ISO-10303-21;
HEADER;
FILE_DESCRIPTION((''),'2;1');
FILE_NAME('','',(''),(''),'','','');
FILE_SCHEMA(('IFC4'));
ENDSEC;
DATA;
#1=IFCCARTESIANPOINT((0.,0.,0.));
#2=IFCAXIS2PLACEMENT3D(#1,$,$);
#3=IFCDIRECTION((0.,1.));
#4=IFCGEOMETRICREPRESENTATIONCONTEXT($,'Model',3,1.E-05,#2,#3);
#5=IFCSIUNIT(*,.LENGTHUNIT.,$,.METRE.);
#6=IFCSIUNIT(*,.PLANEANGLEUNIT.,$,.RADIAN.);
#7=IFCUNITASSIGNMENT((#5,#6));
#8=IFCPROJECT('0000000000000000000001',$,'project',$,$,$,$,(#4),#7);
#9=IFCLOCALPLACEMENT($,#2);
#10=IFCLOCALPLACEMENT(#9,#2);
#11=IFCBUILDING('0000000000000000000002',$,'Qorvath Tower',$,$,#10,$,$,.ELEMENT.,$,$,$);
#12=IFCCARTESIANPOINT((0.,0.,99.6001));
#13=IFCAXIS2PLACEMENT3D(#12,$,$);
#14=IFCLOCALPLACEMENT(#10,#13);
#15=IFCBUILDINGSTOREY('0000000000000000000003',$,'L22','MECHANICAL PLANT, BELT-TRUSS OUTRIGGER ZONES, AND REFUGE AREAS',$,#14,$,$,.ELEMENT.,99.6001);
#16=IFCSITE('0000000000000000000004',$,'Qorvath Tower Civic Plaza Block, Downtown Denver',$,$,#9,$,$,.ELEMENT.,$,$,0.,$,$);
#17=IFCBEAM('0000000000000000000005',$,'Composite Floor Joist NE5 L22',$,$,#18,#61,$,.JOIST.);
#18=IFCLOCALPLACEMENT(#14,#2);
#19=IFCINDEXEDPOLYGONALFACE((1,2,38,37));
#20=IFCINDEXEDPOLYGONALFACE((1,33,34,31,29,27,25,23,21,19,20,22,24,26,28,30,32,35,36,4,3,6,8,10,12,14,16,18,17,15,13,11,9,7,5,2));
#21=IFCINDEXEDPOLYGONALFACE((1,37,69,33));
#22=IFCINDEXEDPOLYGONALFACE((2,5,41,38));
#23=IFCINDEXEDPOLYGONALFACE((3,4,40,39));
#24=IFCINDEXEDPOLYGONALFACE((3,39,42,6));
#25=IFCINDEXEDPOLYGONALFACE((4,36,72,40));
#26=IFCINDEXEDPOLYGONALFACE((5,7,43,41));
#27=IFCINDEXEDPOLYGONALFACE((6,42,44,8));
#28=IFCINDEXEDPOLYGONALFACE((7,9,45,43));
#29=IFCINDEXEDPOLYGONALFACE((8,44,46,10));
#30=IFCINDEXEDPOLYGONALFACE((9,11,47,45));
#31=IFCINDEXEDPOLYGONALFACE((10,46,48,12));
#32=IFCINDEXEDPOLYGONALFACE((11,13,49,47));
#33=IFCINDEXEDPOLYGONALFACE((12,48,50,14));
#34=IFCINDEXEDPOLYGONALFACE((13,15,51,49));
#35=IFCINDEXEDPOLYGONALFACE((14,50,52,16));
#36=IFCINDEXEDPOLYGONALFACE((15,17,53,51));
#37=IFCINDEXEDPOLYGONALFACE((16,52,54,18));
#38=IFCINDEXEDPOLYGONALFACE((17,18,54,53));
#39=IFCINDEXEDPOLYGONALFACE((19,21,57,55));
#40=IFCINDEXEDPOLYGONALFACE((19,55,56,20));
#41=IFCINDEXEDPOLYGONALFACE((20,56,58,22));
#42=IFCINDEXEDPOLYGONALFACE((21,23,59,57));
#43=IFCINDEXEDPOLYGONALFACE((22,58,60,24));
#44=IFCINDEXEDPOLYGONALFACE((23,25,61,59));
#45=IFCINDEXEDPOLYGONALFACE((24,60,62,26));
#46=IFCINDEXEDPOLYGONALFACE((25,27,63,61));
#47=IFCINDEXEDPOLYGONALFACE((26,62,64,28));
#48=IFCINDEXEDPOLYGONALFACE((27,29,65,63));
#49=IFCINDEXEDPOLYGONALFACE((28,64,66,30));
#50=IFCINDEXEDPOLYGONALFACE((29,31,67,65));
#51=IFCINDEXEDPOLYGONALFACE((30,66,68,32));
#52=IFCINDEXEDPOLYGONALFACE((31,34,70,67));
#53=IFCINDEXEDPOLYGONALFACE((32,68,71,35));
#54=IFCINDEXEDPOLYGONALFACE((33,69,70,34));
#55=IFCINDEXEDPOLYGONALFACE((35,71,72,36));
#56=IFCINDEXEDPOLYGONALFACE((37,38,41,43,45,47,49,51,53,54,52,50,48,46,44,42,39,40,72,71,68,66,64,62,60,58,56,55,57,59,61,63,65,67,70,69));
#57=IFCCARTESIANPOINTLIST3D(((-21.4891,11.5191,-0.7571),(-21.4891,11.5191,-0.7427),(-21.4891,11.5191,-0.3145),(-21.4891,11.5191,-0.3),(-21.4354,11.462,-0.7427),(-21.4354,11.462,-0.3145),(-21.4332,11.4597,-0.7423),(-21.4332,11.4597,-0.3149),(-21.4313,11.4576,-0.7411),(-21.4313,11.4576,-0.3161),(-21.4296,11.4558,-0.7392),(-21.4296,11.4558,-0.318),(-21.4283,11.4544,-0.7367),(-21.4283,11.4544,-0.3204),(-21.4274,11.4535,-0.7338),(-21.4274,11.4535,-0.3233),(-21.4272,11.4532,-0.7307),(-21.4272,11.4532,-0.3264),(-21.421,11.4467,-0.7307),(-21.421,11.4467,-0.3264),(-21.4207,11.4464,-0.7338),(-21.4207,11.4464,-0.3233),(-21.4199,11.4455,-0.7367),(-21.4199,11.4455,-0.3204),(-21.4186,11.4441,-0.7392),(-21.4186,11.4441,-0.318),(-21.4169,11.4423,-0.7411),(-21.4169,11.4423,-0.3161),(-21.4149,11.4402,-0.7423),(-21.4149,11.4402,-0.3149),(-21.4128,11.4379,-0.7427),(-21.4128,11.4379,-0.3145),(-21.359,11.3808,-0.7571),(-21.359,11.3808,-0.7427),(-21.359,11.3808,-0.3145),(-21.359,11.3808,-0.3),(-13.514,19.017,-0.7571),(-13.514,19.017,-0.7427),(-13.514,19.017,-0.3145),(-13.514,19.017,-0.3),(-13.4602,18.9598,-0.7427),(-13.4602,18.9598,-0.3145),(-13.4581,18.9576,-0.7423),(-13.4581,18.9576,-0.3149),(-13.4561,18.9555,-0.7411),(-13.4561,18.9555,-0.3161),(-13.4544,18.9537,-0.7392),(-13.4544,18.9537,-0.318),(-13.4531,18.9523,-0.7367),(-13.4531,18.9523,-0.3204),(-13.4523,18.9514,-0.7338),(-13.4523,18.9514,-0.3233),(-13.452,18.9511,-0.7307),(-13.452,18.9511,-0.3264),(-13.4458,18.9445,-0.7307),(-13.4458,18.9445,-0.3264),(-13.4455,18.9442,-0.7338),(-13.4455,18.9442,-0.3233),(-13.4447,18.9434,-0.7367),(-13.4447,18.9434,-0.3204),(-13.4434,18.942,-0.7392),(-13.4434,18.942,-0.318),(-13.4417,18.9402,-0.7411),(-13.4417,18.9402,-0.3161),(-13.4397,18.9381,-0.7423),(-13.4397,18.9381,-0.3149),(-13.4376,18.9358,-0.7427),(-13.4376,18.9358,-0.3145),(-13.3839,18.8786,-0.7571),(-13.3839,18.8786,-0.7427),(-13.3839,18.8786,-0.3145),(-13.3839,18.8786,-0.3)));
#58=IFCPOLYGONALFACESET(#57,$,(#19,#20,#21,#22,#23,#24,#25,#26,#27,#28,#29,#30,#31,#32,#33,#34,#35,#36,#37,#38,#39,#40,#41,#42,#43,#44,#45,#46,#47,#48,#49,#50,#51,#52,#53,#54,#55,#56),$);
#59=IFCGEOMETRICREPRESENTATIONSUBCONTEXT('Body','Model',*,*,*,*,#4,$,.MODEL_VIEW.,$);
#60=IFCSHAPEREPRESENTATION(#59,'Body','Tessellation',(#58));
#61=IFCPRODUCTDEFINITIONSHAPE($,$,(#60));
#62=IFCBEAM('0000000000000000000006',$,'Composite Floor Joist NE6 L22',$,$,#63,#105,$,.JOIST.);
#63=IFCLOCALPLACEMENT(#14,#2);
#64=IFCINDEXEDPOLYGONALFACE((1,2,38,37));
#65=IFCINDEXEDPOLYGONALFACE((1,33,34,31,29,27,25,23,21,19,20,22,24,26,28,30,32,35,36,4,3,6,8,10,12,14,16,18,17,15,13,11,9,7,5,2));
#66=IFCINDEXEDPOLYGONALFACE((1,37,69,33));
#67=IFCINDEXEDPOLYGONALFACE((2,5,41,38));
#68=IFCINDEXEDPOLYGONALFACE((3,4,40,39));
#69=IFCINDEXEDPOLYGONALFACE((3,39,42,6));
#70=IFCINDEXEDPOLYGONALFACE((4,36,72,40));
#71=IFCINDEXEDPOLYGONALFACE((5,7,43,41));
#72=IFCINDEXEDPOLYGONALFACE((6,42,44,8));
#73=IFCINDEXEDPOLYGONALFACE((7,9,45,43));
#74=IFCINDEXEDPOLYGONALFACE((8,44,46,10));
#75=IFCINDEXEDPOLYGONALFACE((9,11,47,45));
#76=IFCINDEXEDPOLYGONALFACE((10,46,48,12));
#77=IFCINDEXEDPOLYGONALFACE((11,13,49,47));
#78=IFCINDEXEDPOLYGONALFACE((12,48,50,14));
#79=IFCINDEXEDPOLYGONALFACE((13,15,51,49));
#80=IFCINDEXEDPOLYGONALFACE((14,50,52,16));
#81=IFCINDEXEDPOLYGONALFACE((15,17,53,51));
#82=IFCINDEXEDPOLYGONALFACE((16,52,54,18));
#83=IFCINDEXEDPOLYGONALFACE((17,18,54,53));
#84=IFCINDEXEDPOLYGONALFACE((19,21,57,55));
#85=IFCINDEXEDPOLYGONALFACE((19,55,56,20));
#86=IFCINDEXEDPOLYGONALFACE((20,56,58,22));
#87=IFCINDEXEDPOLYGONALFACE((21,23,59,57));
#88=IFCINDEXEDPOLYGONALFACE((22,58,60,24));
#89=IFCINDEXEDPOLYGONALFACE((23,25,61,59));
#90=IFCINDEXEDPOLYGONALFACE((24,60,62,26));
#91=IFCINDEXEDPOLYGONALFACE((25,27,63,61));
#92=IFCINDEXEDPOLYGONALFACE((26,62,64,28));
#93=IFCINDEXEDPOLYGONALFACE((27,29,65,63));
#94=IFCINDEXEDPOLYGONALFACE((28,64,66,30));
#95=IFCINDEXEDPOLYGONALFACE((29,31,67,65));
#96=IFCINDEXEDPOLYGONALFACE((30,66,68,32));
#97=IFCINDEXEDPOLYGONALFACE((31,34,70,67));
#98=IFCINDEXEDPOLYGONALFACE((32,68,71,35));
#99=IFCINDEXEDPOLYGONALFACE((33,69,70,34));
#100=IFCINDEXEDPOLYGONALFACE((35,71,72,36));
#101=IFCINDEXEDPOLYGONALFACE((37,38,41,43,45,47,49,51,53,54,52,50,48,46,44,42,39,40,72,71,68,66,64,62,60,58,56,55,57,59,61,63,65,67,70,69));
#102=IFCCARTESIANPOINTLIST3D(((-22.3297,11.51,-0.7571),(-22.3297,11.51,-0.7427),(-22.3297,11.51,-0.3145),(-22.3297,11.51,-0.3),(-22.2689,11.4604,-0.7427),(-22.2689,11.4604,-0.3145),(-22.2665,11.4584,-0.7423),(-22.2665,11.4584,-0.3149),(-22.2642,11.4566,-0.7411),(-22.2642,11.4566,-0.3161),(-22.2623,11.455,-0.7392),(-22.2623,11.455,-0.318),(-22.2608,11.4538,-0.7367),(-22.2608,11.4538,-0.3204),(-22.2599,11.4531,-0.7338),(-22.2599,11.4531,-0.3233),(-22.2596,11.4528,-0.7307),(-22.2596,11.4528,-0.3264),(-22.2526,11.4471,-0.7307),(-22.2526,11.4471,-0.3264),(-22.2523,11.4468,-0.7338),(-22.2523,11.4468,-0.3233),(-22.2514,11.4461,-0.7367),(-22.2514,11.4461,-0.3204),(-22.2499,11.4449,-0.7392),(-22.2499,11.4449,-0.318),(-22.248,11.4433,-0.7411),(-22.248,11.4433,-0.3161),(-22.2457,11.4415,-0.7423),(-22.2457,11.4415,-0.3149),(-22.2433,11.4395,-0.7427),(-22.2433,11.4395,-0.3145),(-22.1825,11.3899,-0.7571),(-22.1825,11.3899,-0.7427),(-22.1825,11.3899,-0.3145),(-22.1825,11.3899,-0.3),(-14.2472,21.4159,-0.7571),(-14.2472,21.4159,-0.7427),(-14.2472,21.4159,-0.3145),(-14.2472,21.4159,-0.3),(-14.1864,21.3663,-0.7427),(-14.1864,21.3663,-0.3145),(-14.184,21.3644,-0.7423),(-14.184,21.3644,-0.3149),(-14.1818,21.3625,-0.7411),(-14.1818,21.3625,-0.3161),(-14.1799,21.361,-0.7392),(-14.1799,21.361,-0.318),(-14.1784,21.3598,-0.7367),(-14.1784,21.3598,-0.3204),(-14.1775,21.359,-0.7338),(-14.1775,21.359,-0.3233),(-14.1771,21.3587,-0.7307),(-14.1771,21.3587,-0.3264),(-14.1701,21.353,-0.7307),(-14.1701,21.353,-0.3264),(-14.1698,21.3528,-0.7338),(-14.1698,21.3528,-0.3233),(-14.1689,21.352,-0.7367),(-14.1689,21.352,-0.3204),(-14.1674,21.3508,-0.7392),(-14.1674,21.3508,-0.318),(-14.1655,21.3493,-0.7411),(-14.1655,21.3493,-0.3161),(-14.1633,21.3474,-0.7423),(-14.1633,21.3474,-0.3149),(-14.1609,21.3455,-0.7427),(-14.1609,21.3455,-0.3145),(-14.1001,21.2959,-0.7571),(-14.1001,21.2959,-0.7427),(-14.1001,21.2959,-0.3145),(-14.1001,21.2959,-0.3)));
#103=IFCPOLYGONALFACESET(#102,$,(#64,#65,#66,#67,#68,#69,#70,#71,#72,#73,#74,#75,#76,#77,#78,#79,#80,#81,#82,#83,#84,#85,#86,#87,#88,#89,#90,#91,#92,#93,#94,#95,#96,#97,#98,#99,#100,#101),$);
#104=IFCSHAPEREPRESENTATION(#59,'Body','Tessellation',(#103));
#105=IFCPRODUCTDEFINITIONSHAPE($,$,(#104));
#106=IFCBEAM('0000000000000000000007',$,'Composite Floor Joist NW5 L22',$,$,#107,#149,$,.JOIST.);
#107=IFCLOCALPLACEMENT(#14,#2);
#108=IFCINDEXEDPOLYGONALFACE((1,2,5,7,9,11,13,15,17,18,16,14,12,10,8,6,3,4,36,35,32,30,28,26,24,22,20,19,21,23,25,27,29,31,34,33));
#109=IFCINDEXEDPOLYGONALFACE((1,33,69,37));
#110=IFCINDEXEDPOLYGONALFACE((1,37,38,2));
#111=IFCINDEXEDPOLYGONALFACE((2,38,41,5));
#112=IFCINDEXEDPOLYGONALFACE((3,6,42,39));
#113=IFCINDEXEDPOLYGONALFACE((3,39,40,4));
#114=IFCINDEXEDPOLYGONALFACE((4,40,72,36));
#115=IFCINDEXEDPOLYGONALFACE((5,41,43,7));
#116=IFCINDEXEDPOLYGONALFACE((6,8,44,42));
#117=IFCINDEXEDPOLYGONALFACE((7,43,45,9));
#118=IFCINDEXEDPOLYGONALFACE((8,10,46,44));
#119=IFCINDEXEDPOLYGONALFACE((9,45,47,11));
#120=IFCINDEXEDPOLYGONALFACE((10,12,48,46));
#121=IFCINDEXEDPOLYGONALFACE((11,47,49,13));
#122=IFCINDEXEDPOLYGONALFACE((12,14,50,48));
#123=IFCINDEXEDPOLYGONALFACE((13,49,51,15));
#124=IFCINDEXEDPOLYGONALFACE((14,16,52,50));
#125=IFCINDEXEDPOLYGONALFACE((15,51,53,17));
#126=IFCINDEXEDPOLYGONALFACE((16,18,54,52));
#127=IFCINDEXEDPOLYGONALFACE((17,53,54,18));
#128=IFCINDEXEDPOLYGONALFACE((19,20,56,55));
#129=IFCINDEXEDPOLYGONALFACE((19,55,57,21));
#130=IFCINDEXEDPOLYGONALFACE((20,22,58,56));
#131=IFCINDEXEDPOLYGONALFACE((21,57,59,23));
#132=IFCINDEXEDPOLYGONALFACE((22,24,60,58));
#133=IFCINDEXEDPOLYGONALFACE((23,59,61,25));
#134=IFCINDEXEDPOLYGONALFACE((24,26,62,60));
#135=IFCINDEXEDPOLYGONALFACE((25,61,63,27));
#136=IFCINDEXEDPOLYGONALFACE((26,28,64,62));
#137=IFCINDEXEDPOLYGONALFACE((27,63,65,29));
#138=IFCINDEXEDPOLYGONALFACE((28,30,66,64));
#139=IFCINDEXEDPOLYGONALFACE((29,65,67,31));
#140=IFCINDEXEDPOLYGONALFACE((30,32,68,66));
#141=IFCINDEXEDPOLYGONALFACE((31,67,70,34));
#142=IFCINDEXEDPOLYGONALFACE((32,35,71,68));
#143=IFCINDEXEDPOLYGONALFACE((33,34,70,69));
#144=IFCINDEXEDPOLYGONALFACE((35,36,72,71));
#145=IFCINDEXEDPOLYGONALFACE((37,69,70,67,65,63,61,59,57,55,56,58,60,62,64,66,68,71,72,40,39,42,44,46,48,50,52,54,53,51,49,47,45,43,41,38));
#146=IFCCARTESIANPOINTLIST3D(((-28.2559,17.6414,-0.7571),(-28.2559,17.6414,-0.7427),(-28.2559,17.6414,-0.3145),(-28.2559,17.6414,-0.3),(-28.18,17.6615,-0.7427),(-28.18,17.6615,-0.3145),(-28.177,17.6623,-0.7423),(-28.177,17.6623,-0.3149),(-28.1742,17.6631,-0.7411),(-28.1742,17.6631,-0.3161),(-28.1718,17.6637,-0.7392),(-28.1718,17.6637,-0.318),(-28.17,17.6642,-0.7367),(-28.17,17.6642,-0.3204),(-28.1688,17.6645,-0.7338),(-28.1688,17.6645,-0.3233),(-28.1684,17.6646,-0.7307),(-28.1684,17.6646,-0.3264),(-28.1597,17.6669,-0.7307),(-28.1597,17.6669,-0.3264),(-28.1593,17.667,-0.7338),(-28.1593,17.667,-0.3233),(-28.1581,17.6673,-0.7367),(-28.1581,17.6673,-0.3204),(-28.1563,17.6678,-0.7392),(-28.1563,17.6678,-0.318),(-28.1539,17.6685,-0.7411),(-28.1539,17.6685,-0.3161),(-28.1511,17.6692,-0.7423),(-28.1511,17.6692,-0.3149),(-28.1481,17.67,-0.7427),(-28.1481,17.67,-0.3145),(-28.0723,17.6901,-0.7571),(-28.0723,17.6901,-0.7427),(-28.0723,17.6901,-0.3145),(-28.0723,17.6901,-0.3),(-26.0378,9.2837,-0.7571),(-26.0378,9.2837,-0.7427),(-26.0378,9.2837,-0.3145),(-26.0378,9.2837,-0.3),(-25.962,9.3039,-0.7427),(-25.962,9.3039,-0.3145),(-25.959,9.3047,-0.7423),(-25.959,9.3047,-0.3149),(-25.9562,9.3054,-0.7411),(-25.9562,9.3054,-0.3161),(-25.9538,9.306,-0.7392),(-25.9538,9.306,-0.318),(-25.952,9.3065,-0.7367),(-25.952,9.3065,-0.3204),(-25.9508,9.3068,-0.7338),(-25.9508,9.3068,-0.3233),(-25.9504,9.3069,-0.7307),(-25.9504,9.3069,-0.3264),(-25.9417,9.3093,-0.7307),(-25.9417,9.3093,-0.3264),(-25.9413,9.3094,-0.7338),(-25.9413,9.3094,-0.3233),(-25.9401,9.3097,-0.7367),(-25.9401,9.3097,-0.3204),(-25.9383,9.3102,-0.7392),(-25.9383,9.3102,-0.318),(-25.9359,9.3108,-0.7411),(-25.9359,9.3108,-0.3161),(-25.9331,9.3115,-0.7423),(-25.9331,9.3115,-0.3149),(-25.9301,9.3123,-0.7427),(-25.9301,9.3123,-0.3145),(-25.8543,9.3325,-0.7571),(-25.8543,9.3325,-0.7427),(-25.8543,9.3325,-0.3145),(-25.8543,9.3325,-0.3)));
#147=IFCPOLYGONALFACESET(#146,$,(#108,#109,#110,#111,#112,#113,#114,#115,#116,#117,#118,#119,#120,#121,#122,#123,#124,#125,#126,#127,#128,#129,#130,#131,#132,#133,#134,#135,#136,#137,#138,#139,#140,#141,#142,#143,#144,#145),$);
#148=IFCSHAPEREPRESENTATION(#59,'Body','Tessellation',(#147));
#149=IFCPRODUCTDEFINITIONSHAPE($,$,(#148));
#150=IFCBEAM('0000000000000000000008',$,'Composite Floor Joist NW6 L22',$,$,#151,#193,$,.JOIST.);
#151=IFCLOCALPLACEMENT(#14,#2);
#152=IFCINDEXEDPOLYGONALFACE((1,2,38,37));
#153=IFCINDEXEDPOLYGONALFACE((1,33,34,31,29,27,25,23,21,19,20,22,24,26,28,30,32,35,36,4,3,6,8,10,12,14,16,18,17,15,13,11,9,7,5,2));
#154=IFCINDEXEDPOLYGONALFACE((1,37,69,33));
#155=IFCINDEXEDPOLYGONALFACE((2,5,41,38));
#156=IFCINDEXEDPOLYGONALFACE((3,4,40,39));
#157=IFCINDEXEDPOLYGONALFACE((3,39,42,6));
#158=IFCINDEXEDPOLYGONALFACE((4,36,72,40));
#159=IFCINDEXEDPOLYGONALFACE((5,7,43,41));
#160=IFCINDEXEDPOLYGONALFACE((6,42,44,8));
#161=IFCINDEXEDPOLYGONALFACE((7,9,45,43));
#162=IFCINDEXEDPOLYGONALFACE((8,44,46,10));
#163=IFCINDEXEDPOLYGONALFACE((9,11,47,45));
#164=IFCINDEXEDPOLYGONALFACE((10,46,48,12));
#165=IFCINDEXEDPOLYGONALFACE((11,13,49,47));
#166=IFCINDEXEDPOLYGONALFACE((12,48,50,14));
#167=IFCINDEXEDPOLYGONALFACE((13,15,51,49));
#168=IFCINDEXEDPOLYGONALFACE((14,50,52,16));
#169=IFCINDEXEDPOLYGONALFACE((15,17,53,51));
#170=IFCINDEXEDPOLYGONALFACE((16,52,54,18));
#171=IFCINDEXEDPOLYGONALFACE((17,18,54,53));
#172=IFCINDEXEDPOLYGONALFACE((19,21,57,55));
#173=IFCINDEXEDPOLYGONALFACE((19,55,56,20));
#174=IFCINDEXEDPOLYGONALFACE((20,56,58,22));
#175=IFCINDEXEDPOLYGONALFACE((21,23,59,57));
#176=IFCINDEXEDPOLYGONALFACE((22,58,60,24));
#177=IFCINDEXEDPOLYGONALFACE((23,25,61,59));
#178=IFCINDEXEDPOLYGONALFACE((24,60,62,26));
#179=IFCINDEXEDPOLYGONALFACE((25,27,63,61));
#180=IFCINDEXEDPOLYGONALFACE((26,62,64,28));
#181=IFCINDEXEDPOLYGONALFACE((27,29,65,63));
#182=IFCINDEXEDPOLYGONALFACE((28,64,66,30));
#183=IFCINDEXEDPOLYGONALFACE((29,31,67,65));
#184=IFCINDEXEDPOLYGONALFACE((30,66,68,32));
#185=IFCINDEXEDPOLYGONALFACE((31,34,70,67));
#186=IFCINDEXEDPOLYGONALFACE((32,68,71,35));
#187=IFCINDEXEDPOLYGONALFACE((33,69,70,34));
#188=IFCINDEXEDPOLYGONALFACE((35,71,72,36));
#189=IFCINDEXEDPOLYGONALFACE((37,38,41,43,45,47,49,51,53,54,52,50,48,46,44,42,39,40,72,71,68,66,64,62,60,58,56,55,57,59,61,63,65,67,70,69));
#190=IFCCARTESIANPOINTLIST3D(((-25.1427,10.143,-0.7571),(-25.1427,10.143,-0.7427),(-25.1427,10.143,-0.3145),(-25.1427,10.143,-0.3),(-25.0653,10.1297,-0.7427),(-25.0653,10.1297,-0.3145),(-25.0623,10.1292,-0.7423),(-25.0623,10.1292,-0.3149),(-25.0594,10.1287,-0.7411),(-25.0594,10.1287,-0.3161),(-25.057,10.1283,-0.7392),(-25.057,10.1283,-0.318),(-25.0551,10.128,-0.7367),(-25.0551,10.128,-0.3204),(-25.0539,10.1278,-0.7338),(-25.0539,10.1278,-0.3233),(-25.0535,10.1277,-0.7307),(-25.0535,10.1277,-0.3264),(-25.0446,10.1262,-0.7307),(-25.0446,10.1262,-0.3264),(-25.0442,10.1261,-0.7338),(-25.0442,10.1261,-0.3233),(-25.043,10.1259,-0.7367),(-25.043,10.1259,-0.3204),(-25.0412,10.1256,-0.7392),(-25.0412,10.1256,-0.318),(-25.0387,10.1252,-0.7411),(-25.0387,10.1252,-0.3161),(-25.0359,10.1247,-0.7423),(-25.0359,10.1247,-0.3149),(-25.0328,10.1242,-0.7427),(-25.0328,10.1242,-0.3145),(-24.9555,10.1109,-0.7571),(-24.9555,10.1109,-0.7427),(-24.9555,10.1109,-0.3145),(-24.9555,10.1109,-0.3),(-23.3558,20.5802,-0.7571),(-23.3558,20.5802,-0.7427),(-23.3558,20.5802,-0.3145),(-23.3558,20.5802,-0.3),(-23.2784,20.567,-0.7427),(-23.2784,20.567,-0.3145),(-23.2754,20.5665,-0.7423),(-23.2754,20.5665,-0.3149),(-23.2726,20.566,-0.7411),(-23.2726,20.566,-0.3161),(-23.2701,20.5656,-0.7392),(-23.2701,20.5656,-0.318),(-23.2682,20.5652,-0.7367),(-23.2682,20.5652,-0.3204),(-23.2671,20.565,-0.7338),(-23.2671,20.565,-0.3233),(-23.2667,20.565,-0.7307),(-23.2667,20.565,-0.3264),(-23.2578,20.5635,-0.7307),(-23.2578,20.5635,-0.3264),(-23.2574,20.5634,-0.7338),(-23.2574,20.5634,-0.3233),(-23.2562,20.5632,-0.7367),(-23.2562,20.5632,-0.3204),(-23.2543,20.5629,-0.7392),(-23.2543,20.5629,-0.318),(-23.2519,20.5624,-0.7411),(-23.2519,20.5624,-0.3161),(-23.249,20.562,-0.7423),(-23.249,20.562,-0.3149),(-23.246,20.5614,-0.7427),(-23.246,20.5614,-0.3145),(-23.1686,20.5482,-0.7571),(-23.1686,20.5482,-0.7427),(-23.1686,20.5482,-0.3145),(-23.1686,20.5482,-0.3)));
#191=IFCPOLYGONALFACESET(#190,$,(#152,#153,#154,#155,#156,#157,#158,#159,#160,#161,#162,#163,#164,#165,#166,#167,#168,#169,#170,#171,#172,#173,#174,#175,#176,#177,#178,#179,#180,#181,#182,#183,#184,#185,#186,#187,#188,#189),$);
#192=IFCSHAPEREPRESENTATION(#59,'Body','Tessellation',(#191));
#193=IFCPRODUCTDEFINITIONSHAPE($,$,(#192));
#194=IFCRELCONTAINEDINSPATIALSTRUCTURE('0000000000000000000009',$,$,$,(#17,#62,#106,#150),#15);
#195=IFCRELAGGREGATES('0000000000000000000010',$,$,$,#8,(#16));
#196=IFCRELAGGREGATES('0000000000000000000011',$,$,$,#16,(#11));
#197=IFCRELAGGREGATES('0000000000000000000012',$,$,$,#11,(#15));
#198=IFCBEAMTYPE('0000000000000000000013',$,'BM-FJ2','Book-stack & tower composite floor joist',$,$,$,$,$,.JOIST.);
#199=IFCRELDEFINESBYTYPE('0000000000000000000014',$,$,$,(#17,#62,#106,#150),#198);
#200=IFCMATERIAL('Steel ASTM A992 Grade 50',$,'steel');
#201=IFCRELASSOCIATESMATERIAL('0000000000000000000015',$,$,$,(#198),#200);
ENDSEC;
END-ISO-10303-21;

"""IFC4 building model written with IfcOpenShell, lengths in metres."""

from ifc_helpers import new_model, si_unit, direction, frame, origin, origin_2d, place, context, subcontext, project, spatial, i_section, extrude, material, material_profile, profile_set, type_object, element, save


model = new_model("IFC4")

# Units and contexts
model_context = context("Model", 3, precision=1e-05, world=origin(), true_north=direction((0.0, 1.0)))
body_context = subcontext(model_context, "Body", "Model", "MODEL_VIEW")
ifc_project = project(units=[si_unit("LENGTHUNIT", "METRE"), si_unit("PLANEANGLEUNIT", "RADIAN")], contexts=[model_context])

# Site, building, storey
site_placement = place(None, origin())
site = spatial("IfcSite", under=ifc_project, at=site_placement, Name="Qorvath Tower Civic Plaza Block, Downtown Denver", CompositionType="ELEMENT", RefElevation=0.0)
building_placement = place(site_placement, origin())
building = spatial("IfcBuilding", under=site, at=building_placement, Name="Qorvath Tower", CompositionType="ELEMENT")
storey_placement = place(building_placement, frame((0.0, 0.0, 99.6001)))
storey = spatial("IfcBuildingStorey", under=building, at=storey_placement, Name="L22", Description="MECHANICAL PLANT, BELT-TRUSS OUTRIGGER ZONES, AND REFUGE AREAS", CompositionType="ELEMENT", Elevation=99.6001)

# Beams
ifc_material_1 = material(Name="Steel ASTM A992 Grade 50", Category="steel")
ifc_material_profile_1 = material_profile(ifc_material_1, i_section(OverallWidth=0.1899, OverallDepth=0.457, WebThickness=0.009, FlangeThickness=0.0144, FilletRadius=0.012, at=origin_2d()), Name="W18x50")
ifc_profile_set_1 = profile_set([ifc_material_profile_1], Name="Steel ASTM A992 Grade 50")
beam_type_1 = type_object("IfcBeamType", Name="BM-FJ2", Description="Book-stack & tower composite floor joist", PredefinedType="JOIST", material=ifc_profile_set_1)
beam_1_placement = place(storey_placement, frame((-21.4241, 11.45, -0.5286), z_axis=(0.728572, 0.684969, 0.0), x_axis=(-0.684969, 0.728572, 0.0)))
element("IfcBeam", 1, at=beam_1_placement, inside=storey, type_object=beam_type_1, Name="Composite Floor Joist NE5 L22", PredefinedType="JOIST", context=body_context, shape_type="SweptSolid", body=[
    extrude(i_section(OverallWidth=0.1899, OverallDepth=0.457, WebThickness=0.009, FlangeThickness=0.0144, FilletRadius=0.012, at=origin_2d()), origin(), (0.0, 0.0, 1.0), 10.9463),
])
beam_2_placement = place(storey_placement, frame((-22.2561, 11.45, -0.5286), z_axis=(0.632188, 0.774815, 0.0), x_axis=(-0.774815, 0.632188, 0.0)))
element("IfcBeam", 2, at=beam_2_placement, inside=storey, type_object=beam_type_1, Name="Composite Floor Joist NE6 L22", PredefinedType="JOIST", context=body_context, shape_type="SweptSolid", body=[
    extrude(i_section(OverallWidth=0.1899, OverallDepth=0.457, WebThickness=0.009, FlangeThickness=0.0144, FilletRadius=0.012, at=origin_2d()), origin(), (0.0, 0.0, 1.0), 12.7849),
])
beam_3_placement = place(storey_placement, frame((-25.946, 9.3081, -0.5286), z_axis=(-0.256508, 0.966542, 0.0), x_axis=(-0.966542, -0.256508, 0.0)))
element("IfcBeam", 3, at=beam_3_placement, inside=storey, type_object=beam_type_1, Name="Composite Floor Joist NW5 L22", PredefinedType="JOIST", context=body_context, shape_type="SweptSolid", body=[
    extrude(i_section(OverallWidth=0.1899, OverallDepth=0.457, WebThickness=0.009, FlangeThickness=0.0144, FilletRadius=0.012, at=origin_2d()), origin(), (0.0, 0.0, 1.0), 8.647),
])
beam_4_placement = place(storey_placement, frame((-25.0491, 10.127, -0.5286), z_axis=(0.168746, 0.98566, 0.0), x_axis=(-0.98566, 0.168746, 0.0)))
element("IfcBeam", 4, at=beam_4_placement, inside=storey, type_object=beam_type_1, Name="Composite Floor Joist NW6 L22", PredefinedType="JOIST", context=body_context, shape_type="SweptSolid", body=[
    extrude(i_section(OverallWidth=0.1899, OverallDepth=0.457, WebThickness=0.009, FlangeThickness=0.0144, FilletRadius=0.012, at=origin_2d()), origin(), (0.0, 0.0, 1.0), 10.5891),
])

save(model, "model.ifc")
